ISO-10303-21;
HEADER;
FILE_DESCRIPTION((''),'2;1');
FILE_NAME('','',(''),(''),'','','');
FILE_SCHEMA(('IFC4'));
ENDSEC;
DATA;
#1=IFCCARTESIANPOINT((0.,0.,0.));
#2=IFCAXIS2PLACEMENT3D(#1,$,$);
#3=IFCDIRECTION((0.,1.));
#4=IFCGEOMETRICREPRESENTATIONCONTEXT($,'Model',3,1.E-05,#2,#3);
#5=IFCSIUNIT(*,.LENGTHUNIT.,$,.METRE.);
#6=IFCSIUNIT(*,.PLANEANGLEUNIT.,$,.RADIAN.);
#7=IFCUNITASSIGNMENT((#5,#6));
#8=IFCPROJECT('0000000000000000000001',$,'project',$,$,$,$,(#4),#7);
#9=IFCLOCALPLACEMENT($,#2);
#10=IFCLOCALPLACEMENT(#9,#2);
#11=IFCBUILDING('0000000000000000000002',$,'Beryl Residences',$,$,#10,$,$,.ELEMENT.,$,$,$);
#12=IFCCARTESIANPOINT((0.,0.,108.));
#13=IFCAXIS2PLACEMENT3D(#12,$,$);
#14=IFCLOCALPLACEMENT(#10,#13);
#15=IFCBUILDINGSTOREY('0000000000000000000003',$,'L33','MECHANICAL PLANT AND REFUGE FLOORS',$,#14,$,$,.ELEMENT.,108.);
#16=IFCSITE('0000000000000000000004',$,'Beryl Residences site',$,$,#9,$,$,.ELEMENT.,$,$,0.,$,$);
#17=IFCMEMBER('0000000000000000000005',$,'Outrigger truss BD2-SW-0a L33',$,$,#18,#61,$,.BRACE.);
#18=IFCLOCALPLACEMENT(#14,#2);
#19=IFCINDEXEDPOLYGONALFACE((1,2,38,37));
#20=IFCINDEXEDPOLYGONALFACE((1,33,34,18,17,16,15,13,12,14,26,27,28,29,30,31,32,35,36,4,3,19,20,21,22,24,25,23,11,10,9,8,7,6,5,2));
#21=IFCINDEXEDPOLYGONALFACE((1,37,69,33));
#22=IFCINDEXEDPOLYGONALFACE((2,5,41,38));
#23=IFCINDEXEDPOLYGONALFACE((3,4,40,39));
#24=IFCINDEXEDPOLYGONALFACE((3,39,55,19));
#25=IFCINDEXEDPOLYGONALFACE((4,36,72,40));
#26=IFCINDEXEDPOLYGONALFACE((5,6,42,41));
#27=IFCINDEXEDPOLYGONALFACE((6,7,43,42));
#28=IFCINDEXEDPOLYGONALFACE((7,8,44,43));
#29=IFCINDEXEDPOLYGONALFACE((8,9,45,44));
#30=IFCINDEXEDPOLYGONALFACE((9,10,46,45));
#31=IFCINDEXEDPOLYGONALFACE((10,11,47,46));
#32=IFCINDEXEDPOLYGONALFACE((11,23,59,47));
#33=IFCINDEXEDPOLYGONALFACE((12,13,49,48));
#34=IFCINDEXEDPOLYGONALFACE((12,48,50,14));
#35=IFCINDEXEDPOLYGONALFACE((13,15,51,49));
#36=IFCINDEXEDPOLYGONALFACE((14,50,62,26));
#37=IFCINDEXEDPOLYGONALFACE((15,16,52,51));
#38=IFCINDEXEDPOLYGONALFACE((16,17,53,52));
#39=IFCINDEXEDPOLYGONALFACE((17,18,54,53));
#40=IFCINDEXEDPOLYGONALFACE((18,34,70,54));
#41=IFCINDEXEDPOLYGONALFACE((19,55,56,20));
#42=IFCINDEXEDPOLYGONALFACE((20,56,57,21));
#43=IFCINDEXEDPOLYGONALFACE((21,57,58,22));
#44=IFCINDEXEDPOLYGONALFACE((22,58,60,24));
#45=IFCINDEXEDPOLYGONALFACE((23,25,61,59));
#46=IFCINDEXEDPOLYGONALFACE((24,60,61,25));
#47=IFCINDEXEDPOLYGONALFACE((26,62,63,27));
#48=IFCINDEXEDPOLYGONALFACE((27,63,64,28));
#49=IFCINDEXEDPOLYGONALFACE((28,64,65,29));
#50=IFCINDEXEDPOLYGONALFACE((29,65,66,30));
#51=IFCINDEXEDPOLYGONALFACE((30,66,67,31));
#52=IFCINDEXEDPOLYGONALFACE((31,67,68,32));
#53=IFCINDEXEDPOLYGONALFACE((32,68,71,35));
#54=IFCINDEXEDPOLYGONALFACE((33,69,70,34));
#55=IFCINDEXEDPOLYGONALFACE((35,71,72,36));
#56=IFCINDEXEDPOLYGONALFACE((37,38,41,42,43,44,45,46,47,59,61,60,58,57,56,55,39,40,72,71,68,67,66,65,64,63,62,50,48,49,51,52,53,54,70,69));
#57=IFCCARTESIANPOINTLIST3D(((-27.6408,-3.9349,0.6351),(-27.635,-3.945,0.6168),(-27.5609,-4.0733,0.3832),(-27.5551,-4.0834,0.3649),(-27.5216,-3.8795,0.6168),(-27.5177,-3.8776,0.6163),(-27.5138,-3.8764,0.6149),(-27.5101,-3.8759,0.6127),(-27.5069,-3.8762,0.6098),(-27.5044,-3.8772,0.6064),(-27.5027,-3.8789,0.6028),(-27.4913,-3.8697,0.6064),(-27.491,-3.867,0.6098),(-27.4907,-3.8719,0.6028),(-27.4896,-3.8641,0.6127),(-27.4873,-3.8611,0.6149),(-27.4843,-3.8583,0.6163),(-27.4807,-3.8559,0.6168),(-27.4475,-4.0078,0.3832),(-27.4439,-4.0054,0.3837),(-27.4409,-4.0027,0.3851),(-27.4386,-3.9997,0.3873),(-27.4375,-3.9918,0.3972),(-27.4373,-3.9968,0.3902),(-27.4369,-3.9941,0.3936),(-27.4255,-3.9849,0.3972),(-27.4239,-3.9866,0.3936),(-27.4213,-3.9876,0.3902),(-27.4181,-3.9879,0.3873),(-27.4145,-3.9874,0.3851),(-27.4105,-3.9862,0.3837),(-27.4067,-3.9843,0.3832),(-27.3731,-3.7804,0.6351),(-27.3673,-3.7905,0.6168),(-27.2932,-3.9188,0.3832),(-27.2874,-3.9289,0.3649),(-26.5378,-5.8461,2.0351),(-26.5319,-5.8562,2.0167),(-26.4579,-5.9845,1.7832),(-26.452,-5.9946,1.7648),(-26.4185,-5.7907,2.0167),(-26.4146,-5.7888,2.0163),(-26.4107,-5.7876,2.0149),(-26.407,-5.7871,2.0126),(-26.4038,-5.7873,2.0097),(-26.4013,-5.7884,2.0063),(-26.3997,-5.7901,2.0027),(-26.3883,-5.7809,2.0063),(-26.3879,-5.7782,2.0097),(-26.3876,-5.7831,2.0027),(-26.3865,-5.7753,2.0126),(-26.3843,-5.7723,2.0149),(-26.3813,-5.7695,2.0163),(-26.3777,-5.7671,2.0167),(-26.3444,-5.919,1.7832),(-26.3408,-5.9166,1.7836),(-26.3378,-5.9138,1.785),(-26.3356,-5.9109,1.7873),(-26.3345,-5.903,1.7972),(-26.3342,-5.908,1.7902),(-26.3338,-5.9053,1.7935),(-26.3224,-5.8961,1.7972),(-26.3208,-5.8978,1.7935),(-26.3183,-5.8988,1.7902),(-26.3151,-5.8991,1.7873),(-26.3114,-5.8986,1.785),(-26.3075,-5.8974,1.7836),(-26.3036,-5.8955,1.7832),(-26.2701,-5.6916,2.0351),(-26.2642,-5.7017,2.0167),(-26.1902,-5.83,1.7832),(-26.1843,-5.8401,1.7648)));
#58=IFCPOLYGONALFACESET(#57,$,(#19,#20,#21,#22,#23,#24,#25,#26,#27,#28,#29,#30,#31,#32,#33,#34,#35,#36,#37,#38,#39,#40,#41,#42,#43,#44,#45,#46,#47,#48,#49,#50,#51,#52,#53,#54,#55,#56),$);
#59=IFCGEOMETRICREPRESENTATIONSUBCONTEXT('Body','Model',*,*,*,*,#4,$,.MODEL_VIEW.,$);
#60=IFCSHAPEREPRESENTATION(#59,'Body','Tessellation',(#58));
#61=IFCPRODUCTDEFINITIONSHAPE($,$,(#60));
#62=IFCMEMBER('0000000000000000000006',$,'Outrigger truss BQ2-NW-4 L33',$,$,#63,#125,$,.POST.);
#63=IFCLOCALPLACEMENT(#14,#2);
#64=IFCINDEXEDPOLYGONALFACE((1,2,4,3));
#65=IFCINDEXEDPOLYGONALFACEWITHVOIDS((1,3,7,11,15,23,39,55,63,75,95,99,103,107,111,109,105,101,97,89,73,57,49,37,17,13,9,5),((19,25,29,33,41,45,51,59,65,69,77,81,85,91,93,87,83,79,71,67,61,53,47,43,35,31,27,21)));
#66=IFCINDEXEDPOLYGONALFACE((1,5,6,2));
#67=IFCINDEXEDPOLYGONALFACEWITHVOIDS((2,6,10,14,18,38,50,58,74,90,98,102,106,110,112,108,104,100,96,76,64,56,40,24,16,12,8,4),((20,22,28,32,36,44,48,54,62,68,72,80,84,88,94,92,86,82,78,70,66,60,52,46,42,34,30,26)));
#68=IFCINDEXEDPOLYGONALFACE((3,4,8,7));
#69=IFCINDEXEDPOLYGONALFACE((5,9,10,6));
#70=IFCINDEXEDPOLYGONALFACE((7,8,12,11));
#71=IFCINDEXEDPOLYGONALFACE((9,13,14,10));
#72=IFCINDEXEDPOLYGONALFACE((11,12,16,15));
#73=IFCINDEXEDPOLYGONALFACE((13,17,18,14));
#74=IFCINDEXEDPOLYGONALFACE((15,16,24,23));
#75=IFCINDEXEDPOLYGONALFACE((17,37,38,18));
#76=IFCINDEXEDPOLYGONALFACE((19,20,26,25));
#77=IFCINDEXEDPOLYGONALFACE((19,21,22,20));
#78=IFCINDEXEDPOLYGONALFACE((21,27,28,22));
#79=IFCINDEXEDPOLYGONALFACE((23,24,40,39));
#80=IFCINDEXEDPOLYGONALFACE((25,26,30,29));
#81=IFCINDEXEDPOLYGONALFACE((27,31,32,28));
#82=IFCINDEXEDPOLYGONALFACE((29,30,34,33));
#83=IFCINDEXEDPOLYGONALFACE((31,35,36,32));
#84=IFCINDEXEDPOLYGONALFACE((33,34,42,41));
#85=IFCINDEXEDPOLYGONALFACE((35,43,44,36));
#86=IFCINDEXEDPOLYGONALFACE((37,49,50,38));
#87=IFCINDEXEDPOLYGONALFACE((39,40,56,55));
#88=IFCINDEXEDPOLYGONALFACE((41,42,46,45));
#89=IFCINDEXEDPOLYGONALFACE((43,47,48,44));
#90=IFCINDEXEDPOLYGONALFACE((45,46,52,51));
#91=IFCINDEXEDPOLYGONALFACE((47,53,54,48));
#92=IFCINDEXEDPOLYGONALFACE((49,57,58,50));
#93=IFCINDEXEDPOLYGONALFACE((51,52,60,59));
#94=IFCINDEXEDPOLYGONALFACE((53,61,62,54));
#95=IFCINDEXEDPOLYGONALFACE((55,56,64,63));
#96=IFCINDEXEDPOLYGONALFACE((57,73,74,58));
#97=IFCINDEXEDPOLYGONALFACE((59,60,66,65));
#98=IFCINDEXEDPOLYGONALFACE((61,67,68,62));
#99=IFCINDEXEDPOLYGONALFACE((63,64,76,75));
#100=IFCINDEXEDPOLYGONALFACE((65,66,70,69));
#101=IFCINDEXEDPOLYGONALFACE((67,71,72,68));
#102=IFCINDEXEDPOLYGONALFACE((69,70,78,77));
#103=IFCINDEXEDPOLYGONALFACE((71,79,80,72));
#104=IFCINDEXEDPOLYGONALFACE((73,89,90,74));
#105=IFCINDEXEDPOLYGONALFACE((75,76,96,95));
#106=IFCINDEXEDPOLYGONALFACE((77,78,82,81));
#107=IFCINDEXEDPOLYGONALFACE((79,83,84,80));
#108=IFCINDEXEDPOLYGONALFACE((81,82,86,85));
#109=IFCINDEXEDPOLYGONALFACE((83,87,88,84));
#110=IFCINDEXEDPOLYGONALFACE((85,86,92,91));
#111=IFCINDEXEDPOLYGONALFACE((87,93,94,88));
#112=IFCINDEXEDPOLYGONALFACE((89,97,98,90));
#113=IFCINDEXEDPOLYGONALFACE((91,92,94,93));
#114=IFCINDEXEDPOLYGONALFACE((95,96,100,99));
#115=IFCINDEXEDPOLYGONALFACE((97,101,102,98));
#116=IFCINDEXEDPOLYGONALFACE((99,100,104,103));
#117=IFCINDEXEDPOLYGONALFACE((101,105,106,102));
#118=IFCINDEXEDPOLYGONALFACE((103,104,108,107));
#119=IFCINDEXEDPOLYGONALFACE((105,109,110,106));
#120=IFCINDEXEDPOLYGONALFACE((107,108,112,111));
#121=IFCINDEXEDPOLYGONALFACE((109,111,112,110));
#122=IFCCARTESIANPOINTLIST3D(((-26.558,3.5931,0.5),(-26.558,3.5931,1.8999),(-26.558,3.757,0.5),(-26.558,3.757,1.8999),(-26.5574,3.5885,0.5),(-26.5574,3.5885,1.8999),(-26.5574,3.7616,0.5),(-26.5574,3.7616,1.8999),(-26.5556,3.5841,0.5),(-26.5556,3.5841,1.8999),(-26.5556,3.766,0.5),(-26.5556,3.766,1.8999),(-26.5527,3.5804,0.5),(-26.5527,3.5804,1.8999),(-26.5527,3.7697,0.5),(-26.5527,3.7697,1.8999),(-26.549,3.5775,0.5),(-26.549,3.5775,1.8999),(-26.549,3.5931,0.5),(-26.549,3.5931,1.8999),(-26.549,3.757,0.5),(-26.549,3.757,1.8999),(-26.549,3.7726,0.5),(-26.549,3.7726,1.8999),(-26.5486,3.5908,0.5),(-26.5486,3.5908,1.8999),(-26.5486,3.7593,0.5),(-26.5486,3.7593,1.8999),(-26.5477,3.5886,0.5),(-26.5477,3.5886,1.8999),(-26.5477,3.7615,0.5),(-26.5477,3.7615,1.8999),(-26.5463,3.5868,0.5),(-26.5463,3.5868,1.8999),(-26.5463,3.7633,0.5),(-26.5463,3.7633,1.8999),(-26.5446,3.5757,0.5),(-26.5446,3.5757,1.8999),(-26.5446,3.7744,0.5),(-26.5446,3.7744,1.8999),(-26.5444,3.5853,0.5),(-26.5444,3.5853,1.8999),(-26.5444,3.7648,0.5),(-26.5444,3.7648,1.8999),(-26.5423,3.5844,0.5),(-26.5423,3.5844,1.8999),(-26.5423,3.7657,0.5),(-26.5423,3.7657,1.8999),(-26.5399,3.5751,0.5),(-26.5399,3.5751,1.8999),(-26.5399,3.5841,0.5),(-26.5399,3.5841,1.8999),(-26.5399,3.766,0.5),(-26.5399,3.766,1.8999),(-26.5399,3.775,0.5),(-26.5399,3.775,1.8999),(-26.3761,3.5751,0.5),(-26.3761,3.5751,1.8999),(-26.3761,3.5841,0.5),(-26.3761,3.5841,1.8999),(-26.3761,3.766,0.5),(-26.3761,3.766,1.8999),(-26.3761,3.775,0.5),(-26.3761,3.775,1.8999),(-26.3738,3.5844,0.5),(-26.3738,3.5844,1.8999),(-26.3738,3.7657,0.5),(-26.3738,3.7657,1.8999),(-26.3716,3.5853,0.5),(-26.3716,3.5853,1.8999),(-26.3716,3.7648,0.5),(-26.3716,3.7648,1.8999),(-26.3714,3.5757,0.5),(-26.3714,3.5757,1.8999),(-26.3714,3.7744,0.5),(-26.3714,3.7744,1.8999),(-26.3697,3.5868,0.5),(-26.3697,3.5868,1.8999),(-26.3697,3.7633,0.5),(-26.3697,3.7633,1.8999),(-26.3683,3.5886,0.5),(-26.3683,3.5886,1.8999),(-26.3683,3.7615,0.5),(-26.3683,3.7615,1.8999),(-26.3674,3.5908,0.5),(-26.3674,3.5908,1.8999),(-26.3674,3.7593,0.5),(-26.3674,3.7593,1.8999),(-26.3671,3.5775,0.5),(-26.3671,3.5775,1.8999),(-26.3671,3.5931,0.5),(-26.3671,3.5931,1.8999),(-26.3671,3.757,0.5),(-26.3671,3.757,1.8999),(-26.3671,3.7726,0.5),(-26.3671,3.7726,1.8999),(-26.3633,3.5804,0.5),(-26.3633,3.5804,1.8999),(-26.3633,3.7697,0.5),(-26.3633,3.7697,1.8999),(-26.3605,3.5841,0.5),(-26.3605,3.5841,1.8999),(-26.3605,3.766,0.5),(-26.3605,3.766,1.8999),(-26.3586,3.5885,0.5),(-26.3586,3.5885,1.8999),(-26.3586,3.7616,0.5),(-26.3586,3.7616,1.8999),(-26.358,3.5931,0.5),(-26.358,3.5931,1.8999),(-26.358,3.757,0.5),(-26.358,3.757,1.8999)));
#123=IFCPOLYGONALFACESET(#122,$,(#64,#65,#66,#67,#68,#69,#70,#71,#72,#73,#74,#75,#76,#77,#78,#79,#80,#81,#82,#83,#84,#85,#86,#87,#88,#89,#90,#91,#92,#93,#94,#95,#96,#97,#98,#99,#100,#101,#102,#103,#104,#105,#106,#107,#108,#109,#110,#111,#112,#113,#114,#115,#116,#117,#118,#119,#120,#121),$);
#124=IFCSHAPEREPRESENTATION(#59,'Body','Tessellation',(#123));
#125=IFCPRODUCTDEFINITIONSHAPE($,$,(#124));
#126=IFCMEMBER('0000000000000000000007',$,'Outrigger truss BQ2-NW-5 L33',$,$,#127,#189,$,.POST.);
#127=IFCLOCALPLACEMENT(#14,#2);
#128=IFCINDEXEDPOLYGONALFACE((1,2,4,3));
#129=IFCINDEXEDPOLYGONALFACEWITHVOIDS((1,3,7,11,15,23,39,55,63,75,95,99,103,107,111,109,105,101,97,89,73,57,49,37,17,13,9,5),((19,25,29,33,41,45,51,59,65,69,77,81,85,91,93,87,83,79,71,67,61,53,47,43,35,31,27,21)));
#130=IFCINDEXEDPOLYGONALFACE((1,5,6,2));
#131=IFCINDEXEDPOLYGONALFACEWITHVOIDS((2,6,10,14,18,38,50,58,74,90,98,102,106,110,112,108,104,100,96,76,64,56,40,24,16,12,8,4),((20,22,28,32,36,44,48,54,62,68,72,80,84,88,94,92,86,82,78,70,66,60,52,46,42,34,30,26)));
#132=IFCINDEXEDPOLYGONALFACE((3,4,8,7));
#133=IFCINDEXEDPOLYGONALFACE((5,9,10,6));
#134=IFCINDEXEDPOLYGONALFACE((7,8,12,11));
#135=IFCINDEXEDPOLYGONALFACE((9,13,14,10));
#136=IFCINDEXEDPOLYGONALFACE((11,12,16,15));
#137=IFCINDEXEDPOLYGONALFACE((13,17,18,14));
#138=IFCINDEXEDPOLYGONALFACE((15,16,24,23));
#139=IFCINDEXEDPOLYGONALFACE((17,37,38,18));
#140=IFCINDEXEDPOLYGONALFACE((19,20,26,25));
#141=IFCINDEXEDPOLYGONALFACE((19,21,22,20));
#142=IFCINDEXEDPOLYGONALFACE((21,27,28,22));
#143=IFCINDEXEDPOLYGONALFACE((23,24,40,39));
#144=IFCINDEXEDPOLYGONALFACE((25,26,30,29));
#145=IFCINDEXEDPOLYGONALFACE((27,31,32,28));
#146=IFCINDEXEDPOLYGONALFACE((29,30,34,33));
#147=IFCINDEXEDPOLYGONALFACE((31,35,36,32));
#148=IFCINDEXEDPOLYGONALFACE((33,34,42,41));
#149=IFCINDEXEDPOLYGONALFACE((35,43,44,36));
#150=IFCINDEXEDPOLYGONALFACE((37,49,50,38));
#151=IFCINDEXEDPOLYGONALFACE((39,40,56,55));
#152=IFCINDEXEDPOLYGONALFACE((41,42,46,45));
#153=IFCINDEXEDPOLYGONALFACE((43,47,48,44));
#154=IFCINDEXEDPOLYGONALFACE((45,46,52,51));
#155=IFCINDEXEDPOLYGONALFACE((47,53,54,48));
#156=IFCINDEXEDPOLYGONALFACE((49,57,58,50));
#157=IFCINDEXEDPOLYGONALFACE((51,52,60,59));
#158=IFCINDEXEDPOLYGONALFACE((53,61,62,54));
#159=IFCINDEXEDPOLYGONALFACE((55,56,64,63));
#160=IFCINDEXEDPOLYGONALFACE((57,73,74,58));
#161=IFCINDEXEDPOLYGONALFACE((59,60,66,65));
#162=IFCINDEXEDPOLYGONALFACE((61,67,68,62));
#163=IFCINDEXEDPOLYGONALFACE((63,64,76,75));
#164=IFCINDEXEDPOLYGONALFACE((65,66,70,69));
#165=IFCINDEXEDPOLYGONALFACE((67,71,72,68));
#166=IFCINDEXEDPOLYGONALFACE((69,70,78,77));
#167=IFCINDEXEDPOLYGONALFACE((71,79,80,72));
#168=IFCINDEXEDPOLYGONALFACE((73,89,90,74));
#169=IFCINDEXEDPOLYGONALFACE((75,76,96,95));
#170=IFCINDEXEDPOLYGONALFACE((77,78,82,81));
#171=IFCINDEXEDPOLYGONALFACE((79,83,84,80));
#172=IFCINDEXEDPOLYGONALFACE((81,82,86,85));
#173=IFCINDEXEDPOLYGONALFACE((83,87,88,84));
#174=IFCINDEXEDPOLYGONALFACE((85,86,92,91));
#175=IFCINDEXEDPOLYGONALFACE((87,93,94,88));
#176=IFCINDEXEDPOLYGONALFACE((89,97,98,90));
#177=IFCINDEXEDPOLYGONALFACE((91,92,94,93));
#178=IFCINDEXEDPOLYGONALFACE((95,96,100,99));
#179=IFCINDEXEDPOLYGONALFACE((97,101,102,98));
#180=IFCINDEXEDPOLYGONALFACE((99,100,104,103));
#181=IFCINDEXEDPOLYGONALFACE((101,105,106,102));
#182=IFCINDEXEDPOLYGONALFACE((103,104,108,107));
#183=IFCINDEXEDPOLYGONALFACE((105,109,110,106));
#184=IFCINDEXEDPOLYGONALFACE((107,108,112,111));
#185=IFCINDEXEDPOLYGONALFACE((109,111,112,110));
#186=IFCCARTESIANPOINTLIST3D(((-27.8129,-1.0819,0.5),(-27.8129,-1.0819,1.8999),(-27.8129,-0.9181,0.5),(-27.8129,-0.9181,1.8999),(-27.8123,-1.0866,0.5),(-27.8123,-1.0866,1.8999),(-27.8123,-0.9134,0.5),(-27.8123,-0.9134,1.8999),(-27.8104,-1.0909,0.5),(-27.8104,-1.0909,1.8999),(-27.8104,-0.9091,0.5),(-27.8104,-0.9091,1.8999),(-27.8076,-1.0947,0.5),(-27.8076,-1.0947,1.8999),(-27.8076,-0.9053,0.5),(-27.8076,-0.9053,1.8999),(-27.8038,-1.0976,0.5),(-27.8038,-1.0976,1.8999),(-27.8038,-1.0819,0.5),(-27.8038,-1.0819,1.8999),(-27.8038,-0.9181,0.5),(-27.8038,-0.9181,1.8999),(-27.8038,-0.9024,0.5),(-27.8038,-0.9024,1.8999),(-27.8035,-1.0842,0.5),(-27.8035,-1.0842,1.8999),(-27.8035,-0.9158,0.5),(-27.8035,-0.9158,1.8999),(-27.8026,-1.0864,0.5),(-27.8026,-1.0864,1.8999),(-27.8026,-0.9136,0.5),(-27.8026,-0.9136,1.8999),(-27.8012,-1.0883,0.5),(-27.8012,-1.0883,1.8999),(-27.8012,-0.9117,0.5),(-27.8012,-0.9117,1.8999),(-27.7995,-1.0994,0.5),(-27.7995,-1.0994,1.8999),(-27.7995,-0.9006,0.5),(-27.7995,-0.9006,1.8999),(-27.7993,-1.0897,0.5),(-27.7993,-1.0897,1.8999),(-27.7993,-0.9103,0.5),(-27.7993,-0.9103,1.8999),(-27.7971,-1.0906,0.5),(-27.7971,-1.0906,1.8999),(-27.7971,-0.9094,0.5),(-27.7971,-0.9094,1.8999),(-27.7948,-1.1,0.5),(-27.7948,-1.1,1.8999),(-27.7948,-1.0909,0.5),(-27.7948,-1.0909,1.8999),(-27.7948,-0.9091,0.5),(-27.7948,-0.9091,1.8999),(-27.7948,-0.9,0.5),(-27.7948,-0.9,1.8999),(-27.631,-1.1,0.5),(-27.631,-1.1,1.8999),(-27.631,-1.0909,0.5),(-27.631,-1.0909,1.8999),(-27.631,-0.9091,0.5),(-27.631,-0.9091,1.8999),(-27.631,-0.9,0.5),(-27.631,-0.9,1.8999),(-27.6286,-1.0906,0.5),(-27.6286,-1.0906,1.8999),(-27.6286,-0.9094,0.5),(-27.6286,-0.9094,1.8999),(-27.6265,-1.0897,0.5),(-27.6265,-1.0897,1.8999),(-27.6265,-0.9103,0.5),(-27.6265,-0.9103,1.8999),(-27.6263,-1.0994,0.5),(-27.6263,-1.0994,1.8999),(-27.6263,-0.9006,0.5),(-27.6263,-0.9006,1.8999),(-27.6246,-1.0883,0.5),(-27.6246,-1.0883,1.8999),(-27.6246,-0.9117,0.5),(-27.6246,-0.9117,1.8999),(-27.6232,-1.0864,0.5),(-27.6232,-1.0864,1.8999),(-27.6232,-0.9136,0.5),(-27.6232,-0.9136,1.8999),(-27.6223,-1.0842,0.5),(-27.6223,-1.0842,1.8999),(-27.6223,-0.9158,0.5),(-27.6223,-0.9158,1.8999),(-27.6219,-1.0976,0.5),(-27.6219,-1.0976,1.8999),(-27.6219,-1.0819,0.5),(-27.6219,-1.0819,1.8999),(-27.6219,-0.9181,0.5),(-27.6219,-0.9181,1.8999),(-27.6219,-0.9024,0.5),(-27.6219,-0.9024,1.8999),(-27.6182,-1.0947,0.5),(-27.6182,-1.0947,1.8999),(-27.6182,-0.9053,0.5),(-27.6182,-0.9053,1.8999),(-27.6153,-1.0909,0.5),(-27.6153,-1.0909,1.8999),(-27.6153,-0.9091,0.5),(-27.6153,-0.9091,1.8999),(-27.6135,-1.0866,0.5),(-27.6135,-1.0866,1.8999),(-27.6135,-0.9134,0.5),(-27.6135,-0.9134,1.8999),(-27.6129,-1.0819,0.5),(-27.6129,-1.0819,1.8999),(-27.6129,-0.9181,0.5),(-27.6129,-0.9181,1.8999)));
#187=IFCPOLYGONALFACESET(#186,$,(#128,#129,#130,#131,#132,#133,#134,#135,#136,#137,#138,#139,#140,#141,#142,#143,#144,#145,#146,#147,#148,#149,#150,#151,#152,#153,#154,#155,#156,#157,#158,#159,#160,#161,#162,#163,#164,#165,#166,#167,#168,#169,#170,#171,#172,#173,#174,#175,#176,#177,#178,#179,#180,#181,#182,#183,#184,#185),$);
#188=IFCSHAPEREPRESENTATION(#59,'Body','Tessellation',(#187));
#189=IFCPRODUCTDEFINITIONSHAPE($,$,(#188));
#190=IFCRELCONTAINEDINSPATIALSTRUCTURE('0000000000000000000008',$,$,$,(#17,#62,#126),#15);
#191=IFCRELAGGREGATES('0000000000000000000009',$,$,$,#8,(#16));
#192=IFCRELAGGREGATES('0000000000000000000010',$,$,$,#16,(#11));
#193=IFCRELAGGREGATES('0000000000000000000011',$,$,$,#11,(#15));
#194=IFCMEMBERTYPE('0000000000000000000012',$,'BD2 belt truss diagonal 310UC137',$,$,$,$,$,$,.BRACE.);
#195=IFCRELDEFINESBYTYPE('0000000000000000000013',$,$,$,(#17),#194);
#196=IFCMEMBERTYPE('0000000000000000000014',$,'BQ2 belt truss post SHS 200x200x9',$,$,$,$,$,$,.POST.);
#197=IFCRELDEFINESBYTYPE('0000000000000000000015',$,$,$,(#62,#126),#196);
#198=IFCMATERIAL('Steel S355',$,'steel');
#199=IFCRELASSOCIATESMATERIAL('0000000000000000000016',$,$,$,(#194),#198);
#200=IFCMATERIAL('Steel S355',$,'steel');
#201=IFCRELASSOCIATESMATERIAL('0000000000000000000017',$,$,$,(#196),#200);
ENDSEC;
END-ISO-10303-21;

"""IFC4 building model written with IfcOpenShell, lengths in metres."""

from ifc_helpers import new_model, si_unit, direction, frame, origin, origin_2d, place, context, subcontext, project, spatial, hollow_rectangle, i_section, extrude, material, material_profile, profile_set, type_object, element, save


model = new_model("IFC4")

# Units and contexts
model_context = context("Model", 3, precision=1e-05, world=origin(), true_north=direction((0.0, 1.0)))
body_context = subcontext(model_context, "Body", "Model", "MODEL_VIEW")
ifc_project = project(units=[si_unit("LENGTHUNIT", "METRE"), si_unit("PLANEANGLEUNIT", "RADIAN")], contexts=[model_context])

# Site, building, storey
site_placement = place(None, origin())
site = spatial("IfcSite", under=ifc_project, at=site_placement, Name="Beryl Residences site", CompositionType="ELEMENT", RefElevation=0.0)
building_placement = place(site_placement, origin())
building = spatial("IfcBuilding", under=site, at=building_placement, Name="Beryl Residences", CompositionType="ELEMENT")
storey_placement = place(building_placement, frame((0.0, 0.0, 108.0)))
storey = spatial("IfcBuildingStorey", under=building, at=storey_placement, Name="L33", Description="MECHANICAL PLANT AND REFUGE FLOORS", CompositionType="ELEMENT", Elevation=108.0)

# Members
ifc_material_1 = material(Name="Steel S355", Category="steel")
ifc_material_profile_1 = material_profile(ifc_material_1, i_section(OverallWidth=0.3091, OverallDepth=0.3201, WebThickness=0.0139, FlangeThickness=0.0217, FilletRadius=0.0166, at=origin_2d()))
ifc_profile_set_1 = profile_set([ifc_material_profile_1], Name="Steel S355")
member_type_1 = type_object("IfcMemberType", Name="BD2 belt truss diagonal 310UC137", PredefinedType="BRACE", material=ifc_profile_set_1)
member_1_placement = place(storey_placement, frame((-27.4641, -3.9319, 0.5), z_axis=(0.422098, -0.731338, 0.535704), x_axis=(0.866097, 0.499876, 0.0)))
element("IfcMember", 1, at=member_1_placement, inside=storey, type_object=member_type_1, Name="Outrigger truss BD2-SW-0a L33", PredefinedType="BRACE", context=body_context, shape_type="SweptSolid", body=[
    extrude(i_section(OverallWidth=0.3091, OverallDepth=0.3201, WebThickness=0.0139, FlangeThickness=0.0217, FilletRadius=0.0166, at=origin_2d()), origin(), (0.0, 0.0, 1.0), 2.6133),
])
ifc_material_2 = material(Name="Steel S355", Category="steel")
ifc_material_profile_2 = material_profile(ifc_material_2, hollow_rectangle(XDim=0.2, YDim=0.2, WallThickness=0.009, InnerFilletRadius=0.009, OuterFilletRadius=0.0181, at=origin_2d()))
ifc_profile_set_2 = profile_set([ifc_material_profile_2], Name="Steel S355")
member_type_2 = type_object("IfcMemberType", Name="BQ2 belt truss post SHS 200x200x9", PredefinedType="POST", material=ifc_profile_set_2)
for number, where, z_axis, x_axis, name in (
    (2, (-26.458, 3.675, 0.5), (0.0, 0.0, 1.0), (1.0, 0.0, 0.0), "Outrigger truss BQ2-NW-4 L33"),
    (3, (-27.7129, -1.0, 0.5), (0.0, 0.0, 1.0), (1.0, 0.0, 0.0), "Outrigger truss BQ2-NW-5 L33"),
):
    element("IfcMember", number, at=place(storey_placement, frame(where, z_axis=z_axis, x_axis=x_axis)), inside=storey, type_object=member_type_2, Name=name, PredefinedType="POST", context=body_context, shape_type="SweptSolid", body=[
        extrude(hollow_rectangle(XDim=0.2, YDim=0.2, WallThickness=0.009, InnerFilletRadius=0.009, OuterFilletRadius=0.0181, at=origin_2d()), origin(), (0.0, 0.0, 1.0), 1.3999),
    ])

save(model, "model.ifc")
